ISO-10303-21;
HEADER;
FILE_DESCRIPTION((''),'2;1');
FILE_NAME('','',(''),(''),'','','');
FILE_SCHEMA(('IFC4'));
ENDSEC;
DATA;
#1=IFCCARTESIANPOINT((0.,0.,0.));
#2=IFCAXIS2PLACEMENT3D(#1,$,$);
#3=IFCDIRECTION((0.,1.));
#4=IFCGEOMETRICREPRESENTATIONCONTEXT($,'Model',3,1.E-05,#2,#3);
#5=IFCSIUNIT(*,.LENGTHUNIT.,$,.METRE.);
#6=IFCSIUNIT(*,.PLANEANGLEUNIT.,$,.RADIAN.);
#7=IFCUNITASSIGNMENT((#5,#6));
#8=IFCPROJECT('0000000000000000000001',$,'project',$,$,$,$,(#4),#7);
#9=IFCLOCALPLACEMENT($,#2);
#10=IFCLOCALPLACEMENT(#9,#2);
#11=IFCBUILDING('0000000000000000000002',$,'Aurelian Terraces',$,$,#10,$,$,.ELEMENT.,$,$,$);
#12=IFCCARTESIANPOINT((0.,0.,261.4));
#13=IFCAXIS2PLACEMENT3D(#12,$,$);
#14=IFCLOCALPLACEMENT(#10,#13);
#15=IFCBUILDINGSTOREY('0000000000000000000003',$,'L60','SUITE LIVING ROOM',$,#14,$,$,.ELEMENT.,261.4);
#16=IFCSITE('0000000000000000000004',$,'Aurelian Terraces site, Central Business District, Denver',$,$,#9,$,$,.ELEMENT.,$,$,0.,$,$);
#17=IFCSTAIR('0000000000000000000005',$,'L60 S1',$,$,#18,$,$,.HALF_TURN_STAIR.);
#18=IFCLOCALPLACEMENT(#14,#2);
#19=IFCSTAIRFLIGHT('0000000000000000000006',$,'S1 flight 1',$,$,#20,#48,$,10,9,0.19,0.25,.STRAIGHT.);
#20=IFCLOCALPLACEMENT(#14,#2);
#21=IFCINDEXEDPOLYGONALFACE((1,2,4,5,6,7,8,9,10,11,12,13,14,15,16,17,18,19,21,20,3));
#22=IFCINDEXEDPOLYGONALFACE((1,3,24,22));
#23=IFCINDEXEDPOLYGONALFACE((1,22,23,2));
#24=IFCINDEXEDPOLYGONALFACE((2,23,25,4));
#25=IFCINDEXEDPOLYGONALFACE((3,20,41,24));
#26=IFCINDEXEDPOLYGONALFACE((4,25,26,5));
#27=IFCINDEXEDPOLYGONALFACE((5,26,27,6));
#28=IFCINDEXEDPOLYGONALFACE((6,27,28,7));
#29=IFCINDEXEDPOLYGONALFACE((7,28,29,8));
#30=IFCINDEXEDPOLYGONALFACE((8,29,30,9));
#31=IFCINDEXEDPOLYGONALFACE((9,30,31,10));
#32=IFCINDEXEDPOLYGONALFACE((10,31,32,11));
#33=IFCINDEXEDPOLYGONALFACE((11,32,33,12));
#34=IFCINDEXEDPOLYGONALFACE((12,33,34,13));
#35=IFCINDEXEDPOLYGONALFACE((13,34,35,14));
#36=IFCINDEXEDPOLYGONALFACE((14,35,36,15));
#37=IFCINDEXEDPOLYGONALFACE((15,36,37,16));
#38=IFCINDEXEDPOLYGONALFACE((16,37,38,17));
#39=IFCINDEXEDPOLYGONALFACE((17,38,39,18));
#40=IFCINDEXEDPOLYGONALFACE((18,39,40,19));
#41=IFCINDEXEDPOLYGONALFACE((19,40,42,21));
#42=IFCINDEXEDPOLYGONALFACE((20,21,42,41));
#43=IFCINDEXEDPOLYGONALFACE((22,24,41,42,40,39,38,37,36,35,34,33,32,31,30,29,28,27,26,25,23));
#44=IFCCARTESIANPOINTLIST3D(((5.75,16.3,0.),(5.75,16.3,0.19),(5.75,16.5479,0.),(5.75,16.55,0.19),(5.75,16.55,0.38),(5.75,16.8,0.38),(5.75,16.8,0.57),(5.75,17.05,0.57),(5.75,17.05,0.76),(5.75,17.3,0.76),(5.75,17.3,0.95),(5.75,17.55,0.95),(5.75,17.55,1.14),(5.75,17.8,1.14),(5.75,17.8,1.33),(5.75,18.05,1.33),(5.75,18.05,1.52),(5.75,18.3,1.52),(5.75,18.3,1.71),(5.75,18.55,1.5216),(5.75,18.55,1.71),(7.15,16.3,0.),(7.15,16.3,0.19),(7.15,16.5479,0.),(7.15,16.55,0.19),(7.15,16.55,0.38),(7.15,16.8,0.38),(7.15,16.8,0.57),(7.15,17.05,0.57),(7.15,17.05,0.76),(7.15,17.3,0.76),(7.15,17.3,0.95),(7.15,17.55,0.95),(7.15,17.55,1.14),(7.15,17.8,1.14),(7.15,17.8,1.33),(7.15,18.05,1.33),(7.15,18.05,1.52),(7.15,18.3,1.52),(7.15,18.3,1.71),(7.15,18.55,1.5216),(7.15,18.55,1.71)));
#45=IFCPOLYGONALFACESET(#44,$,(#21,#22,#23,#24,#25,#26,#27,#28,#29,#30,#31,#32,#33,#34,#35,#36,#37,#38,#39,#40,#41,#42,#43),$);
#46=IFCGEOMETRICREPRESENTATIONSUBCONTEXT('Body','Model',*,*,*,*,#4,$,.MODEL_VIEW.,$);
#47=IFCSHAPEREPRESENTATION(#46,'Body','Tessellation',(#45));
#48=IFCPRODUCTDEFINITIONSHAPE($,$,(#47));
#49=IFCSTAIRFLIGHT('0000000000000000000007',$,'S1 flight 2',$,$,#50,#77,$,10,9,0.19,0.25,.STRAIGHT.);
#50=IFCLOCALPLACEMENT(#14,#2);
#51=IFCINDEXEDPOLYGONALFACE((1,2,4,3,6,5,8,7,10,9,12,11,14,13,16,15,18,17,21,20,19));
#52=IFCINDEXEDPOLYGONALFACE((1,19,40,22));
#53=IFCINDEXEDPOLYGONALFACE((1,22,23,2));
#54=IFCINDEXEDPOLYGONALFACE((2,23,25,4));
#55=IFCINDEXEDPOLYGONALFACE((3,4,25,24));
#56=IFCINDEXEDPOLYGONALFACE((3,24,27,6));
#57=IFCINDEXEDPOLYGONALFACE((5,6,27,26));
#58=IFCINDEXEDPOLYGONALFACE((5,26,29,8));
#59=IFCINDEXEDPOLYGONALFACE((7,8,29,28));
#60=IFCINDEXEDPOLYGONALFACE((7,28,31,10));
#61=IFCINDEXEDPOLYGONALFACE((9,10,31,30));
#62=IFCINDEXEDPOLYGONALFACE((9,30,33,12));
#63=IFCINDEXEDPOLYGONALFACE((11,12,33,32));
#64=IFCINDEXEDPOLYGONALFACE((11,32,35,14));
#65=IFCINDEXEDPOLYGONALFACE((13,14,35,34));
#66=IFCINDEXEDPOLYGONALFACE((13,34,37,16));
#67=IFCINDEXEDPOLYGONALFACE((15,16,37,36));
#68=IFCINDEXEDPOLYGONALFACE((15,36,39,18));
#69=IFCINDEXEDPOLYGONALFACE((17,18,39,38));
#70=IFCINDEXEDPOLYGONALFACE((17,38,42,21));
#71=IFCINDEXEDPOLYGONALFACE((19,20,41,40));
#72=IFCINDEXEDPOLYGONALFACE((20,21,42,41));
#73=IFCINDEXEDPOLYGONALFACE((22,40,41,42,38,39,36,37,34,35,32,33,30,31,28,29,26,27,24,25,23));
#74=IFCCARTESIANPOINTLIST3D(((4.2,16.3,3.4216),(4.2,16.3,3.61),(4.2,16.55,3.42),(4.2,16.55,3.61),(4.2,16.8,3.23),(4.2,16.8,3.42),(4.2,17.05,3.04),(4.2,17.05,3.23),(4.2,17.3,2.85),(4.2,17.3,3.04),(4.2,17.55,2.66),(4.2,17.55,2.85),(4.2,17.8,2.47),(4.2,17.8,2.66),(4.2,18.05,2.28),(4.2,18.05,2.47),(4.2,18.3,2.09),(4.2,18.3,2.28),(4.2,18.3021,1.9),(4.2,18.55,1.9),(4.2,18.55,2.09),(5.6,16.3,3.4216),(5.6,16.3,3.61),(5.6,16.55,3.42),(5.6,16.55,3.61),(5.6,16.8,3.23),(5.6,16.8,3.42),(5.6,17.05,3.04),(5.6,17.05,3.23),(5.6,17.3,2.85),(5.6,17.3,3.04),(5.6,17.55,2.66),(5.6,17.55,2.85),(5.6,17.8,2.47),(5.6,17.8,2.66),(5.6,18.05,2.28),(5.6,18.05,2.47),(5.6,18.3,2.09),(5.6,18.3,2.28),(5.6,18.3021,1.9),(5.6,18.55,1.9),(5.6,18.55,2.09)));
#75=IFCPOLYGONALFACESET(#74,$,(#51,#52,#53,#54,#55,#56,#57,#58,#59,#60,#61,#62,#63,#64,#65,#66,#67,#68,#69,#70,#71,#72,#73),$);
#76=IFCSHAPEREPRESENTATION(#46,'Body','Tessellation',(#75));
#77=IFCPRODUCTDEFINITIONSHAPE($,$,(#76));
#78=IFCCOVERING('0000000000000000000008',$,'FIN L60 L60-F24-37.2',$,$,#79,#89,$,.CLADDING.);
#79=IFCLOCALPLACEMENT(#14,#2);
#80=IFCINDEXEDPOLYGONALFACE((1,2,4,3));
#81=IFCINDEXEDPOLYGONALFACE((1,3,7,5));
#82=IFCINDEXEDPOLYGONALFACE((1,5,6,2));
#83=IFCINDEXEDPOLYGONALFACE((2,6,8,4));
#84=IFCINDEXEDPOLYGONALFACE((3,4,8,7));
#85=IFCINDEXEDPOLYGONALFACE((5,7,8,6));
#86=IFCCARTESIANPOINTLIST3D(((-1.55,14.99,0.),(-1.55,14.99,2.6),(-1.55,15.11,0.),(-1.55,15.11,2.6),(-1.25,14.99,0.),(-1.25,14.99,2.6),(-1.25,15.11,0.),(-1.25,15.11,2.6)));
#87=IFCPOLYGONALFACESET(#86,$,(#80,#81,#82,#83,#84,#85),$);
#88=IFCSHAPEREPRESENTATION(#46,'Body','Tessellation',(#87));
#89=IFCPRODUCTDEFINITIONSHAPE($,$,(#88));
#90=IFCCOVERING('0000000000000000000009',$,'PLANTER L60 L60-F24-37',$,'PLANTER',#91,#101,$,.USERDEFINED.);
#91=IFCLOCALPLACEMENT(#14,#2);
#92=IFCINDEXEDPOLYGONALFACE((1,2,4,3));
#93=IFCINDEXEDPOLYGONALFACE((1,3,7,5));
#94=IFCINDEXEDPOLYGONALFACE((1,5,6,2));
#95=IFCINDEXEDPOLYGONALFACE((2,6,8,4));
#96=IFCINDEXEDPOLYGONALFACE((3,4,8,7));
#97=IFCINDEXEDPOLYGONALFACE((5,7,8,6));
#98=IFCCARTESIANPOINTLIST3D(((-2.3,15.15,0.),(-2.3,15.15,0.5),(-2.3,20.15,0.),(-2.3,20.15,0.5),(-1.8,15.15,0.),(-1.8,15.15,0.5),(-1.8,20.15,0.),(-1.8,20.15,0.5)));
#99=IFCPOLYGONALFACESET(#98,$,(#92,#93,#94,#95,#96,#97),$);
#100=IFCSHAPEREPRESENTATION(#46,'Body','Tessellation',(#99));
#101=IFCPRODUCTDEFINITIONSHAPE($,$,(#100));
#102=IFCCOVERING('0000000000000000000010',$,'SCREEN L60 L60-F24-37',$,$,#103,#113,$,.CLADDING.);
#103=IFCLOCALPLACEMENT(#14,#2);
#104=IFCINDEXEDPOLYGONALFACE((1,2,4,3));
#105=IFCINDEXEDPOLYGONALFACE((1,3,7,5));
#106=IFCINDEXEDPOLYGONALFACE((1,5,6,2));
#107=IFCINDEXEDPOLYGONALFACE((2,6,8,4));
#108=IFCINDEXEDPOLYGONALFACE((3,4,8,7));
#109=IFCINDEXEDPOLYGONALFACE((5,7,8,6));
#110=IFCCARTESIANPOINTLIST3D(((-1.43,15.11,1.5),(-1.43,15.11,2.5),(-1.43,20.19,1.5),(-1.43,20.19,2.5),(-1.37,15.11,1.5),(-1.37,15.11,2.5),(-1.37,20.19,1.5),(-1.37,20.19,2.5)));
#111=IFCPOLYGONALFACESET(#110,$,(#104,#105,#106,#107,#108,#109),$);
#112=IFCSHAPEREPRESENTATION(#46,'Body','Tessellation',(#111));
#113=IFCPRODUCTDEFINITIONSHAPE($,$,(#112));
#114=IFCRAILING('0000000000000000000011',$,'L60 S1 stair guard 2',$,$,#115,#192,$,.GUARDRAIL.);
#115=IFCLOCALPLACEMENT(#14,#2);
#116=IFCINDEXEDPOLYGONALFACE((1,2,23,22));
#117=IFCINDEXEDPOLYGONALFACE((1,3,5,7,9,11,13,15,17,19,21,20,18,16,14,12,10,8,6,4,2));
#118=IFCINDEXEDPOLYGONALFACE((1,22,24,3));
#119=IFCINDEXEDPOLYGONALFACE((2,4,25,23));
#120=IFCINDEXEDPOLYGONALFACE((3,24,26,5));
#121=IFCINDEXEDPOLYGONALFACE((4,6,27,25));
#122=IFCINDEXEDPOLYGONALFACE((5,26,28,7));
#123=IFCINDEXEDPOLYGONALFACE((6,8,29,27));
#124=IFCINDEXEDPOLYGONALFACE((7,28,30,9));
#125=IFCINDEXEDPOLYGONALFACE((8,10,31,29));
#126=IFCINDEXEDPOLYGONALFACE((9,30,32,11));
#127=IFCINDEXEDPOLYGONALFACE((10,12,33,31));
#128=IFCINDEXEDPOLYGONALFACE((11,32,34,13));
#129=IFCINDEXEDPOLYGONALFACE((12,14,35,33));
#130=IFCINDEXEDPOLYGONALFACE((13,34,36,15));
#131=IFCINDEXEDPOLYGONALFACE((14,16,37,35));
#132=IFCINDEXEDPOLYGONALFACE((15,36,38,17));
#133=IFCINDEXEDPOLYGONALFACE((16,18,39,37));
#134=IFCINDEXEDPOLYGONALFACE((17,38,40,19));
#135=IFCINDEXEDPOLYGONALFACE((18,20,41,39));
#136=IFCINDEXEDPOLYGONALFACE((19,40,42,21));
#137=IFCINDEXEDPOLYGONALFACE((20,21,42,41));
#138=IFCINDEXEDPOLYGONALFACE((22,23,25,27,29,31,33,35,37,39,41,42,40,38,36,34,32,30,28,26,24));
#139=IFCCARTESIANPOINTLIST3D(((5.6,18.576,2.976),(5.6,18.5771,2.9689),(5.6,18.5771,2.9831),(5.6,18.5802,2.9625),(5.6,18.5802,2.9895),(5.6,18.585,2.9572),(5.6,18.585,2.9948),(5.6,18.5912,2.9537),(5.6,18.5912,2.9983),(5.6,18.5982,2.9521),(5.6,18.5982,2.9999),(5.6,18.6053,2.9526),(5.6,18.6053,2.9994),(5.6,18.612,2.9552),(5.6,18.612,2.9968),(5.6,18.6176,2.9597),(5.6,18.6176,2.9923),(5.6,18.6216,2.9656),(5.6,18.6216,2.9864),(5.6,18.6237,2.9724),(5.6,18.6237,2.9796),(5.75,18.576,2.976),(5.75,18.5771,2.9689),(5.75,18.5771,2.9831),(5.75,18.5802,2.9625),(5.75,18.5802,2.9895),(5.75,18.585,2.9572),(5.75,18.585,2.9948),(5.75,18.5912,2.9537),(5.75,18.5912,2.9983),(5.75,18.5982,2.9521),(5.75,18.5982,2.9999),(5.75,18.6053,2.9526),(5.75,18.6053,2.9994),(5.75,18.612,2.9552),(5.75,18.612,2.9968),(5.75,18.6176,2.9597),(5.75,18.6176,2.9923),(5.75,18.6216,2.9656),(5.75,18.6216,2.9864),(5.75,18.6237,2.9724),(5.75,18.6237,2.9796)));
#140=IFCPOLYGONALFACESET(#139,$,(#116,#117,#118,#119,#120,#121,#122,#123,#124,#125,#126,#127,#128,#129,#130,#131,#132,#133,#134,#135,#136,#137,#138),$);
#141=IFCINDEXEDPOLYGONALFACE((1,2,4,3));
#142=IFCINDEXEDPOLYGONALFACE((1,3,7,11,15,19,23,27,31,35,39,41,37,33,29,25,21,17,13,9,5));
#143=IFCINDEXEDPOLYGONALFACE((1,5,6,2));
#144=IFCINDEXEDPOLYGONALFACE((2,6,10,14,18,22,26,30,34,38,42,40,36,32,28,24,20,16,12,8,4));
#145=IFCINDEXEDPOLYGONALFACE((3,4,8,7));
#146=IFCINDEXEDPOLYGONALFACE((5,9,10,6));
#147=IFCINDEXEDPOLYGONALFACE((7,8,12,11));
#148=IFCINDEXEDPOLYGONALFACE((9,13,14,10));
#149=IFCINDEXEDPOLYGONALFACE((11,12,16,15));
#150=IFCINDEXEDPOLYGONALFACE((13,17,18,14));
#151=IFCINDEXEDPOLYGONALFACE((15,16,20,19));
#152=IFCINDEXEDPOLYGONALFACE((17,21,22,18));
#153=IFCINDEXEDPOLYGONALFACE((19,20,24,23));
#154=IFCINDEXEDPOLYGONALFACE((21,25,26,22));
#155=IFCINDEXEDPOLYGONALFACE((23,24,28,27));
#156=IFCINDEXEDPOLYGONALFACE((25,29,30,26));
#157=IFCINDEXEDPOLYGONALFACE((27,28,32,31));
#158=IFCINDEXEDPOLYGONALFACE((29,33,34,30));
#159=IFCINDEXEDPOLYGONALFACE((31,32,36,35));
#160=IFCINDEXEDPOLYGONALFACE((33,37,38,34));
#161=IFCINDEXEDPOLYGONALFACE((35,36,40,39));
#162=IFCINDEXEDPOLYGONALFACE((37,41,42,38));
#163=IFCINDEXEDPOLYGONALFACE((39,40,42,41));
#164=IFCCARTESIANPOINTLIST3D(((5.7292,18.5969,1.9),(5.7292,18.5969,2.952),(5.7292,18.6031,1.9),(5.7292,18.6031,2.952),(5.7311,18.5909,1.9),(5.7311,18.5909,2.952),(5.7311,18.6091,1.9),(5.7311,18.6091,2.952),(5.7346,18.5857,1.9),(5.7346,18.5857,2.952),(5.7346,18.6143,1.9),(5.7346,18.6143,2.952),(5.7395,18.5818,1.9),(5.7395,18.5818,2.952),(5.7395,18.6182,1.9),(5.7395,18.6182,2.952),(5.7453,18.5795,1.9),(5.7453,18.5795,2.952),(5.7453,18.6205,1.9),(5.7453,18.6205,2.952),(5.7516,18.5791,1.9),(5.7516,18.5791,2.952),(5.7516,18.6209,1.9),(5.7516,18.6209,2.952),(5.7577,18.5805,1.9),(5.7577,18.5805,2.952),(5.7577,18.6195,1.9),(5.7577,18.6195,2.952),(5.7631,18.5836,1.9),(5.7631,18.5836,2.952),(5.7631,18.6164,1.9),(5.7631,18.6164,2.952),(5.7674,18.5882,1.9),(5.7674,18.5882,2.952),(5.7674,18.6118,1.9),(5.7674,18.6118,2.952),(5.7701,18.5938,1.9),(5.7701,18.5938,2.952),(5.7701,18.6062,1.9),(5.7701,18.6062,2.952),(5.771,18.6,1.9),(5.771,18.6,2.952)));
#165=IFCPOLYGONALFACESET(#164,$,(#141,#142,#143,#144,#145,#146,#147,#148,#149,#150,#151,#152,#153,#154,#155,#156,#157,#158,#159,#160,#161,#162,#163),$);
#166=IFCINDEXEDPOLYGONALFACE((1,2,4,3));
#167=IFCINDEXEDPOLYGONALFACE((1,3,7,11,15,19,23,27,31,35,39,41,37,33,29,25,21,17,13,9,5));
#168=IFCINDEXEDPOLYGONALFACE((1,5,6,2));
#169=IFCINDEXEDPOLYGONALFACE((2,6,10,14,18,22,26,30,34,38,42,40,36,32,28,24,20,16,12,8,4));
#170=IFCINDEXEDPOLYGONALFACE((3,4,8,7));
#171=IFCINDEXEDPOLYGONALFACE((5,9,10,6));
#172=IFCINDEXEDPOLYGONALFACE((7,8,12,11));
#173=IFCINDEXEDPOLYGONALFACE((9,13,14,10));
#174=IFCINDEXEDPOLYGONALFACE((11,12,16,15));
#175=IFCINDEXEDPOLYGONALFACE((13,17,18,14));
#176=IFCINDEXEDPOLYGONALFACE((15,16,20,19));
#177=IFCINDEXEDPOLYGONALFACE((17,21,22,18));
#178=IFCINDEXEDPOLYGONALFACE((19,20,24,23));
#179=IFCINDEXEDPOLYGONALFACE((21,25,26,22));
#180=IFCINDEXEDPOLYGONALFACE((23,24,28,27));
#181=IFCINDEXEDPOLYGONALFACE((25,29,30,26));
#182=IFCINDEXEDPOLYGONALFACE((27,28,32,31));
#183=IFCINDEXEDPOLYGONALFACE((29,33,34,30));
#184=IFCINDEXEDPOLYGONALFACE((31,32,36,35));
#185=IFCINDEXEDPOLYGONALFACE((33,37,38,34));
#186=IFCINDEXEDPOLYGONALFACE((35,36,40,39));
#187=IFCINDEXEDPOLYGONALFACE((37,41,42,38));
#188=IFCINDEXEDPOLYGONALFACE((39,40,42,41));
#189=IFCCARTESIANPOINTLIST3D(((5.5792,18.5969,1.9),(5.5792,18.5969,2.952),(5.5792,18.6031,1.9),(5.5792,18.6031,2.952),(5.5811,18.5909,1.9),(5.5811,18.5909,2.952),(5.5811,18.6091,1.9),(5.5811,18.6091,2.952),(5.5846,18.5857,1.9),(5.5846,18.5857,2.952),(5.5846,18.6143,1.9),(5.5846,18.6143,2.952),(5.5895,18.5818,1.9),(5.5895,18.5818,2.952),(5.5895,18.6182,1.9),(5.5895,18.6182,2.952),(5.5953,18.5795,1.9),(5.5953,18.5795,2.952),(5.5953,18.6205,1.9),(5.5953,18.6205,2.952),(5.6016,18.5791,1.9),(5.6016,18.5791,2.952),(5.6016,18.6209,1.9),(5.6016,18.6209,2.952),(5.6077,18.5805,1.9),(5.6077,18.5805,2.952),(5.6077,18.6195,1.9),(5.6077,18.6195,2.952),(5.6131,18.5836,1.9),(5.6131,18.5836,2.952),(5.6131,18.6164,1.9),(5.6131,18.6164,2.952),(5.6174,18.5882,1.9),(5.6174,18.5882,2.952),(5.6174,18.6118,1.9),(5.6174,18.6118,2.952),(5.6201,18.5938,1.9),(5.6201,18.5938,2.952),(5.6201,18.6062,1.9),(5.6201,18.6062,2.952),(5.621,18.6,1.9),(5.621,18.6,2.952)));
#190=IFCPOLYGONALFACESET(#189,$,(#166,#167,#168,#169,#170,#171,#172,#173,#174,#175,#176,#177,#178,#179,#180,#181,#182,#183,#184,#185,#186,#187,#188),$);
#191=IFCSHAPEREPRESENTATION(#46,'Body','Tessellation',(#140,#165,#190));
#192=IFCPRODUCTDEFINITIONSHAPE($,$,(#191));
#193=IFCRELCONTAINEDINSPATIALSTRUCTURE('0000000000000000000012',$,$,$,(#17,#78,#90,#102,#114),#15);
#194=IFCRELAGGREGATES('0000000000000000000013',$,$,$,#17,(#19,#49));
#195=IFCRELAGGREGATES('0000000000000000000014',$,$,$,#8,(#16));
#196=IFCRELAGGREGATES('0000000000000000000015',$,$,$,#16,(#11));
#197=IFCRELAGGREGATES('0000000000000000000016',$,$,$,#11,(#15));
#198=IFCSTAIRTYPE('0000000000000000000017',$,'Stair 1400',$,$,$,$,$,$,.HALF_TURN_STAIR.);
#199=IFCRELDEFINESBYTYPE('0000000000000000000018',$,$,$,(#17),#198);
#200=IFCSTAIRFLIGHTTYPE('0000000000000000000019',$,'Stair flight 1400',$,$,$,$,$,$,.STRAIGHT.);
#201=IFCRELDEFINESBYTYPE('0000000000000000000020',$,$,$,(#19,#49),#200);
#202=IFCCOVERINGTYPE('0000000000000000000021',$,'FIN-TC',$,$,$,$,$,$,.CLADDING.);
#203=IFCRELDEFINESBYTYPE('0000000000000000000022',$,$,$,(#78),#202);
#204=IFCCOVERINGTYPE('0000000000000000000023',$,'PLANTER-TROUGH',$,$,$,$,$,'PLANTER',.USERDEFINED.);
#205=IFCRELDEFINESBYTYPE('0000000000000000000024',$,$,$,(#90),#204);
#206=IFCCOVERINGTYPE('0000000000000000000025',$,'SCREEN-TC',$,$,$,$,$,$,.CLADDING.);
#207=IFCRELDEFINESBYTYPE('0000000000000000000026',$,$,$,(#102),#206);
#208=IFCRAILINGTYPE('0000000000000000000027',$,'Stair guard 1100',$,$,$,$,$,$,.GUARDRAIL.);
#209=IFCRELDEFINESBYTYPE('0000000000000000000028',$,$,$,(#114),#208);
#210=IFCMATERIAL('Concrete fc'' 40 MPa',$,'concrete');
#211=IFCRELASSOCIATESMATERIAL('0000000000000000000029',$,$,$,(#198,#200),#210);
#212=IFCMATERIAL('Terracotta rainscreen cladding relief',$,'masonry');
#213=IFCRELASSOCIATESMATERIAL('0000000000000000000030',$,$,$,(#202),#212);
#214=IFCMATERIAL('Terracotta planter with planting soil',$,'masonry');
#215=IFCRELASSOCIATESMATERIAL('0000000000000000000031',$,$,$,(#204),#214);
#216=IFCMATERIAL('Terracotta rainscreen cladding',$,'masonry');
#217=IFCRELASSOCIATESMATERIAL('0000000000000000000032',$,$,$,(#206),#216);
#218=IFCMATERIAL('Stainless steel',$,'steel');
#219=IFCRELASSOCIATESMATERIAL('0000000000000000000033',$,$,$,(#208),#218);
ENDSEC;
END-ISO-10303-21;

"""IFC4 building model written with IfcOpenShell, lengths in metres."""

from ifc_helpers import new_model, si_unit, direction, frame, origin, origin_2d, place, context, subcontext, project, spatial, polyline, rectangle, circle, outline, extrude, source, transform, mapped, material, type_object, element, aggregate, save


model = new_model("IFC4")

# Units and contexts
model_context = context("Model", 3, precision=1e-05, world=origin(), true_north=direction((0.0, 1.0)))
body_context = subcontext(model_context, "Body", "Model", "MODEL_VIEW")
ifc_project = project(units=[si_unit("LENGTHUNIT", "METRE"), si_unit("PLANEANGLEUNIT", "RADIAN")], contexts=[model_context])

# Site, building, storey
site_placement = place(None, origin())
site = spatial("IfcSite", under=ifc_project, at=site_placement, Name="Aurelian Terraces site, Central Business District, Denver", CompositionType="ELEMENT", RefElevation=0.0)
building_placement = place(site_placement, origin())
building = spatial("IfcBuilding", under=site, at=building_placement, Name="Aurelian Terraces", CompositionType="ELEMENT")
storey_placement = place(building_placement, frame((0.0, 0.0, 261.4)))
storey = spatial("IfcBuildingStorey", under=building, at=storey_placement, Name="L60", Description="SUITE LIVING ROOM", CompositionType="ELEMENT", Elevation=261.4)

# Shared definitions
ifc_material_1 = material(Name="Terracotta rainscreen cladding", Category="masonry")

# Stair, stair flights
ifc_material_2 = material(Name="Concrete fc' 40 MPa", Category="concrete")
stair_type = type_object("IfcStairType", Name="Stair 1400", PredefinedType="HALF_TURN_STAIR", material=ifc_material_2)
stair_placement = place(storey_placement, origin())
stair = element("IfcStair", 1, at=stair_placement, inside=storey, type_object=stair_type, Name="L60 S1", PredefinedType="HALF_TURN_STAIR")
stair_flight_type = type_object("IfcStairFlightType", Name="Stair flight 1400", PredefinedType="STRAIGHT", material=ifc_material_2)
shared_shape_1 = source(origin(), body_context, "Body", "SweptSolid", [
    extrude(outline(polyline([(0.0, 0.0), (0.0, 0.19), (0.25, 0.19), (0.25, 0.38), (0.5, 0.38), (0.5, 0.57), (0.75, 0.57), (0.75, 0.76), (1.0, 0.76), (1.0, 0.95), (1.25, 0.95), (1.25, 1.14), (1.5, 1.14), (1.5, 1.33), (1.75, 1.33), (1.75, 1.52), (2.0, 1.52), (2.0, 1.71), (2.25, 1.71), (2.25, 1.9), (2.25, 1.5216), (0.2479, 0.0), (0.0, 0.0)])), frame((0.0, 0.7, 0.0), z_axis=(0.0, -1.0, 0.0), x_axis=(1.0, 0.0, 0.0)), (0.0, 0.0, 1.0), 1.4),
])
stair_flight_1_placement = place(storey_placement, frame((6.45, 16.3, 0.0), z_axis=(0.0, 0.0, 1.0), x_axis=(0.0, 1.0, 0.0)))
stair_flight_1 = element("IfcStairFlight", 2, at=stair_flight_1_placement, type_object=stair_flight_type, Name="S1 flight 1", NumberOfRisers=10, NumberOfTreads=9, PredefinedType="STRAIGHT", RiserHeight=0.19, TreadLength=0.25, context=body_context, shape_type="MappedRepresentation", body=[
    mapped(shared_shape_1, transform((0.0, 0.0, 0.0), scale=1.0)),
])
stair_flight_2_placement = place(storey_placement, frame((4.9, 18.55, 1.9), z_axis=(0.0, 0.0, 1.0), x_axis=(0.0, -1.0, 0.0)))
stair_flight_2 = element("IfcStairFlight", 3, at=stair_flight_2_placement, type_object=stair_flight_type, Name="S1 flight 2", NumberOfRisers=10, NumberOfTreads=9, PredefinedType="STRAIGHT", RiserHeight=0.19, TreadLength=0.25, context=body_context, shape_type="MappedRepresentation", body=[
    mapped(shared_shape_1, transform((0.0, 0.0, 0.0), scale=1.0)),
])
aggregate(stair, [stair_flight_1, stair_flight_2])

# Coverings
ifc_material_3 = material(Name="Terracotta rainscreen cladding relief", Category="masonry")
covering_type_1 = type_object("IfcCoveringType", Name="FIN-TC", PredefinedType="CLADDING", material=ifc_material_3)
shared_shape_2 = source(origin(), body_context, "Body", "SweptSolid", [
    extrude(rectangle(XDim=0.3, YDim=0.12, at=origin_2d()), origin(), (0.0, 0.0, 1.0), 2.6),
])
covering_1_placement = place(storey_placement, frame((-1.4, 15.05, 0.0), z_axis=(0.0, 0.0, 1.0), x_axis=(1.0, 0.0, 0.0)))
element("IfcCovering", 4, at=covering_1_placement, inside=storey, type_object=covering_type_1, Name="FIN L60 L60-F24-37.2", PredefinedType="CLADDING", context=body_context, shape_type="MappedRepresentation", body=[
    mapped(shared_shape_2, transform((0.0, 0.0, 0.0), scale=1.0)),
])
ifc_material_4 = material(Name="Terracotta planter with planting soil", Category="masonry")
covering_type_2 = type_object("IfcCoveringType", Name="PLANTER-TROUGH", ElementType="PLANTER", PredefinedType="USERDEFINED", material=ifc_material_4)
shared_shape_3 = source(origin(), body_context, "Body", "SweptSolid", [
    extrude(rectangle(XDim=0.5, YDim=5.0, at=origin_2d()), origin(), (0.0, 0.0, 1.0), 0.5),
])
covering_2_placement = place(storey_placement, frame((-2.05, 17.65, 0.0), z_axis=(0.0, 0.0, 1.0), x_axis=(1.0, 0.0, 0.0)))
element("IfcCovering", 5, at=covering_2_placement, inside=storey, type_object=covering_type_2, Name="PLANTER L60 L60-F24-37", ObjectType="PLANTER", PredefinedType="USERDEFINED", context=body_context, shape_type="MappedRepresentation", body=[
    mapped(shared_shape_3, transform((0.0, 0.0, 0.0), scale=1.0)),
])
covering_type_3 = type_object("IfcCoveringType", Name="SCREEN-TC", PredefinedType="CLADDING", material=ifc_material_1)
shared_shape_4 = source(origin(), body_context, "Body", "SweptSolid", [
    extrude(rectangle(XDim=0.06, YDim=5.08, at=origin_2d()), origin(), (0.0, 0.0, 1.0), 1.0),
])
covering_3_placement = place(storey_placement, frame((-1.4, 17.65, 1.5), z_axis=(0.0, 0.0, 1.0), x_axis=(1.0, 0.0, 0.0)))
element("IfcCovering", 6, at=covering_3_placement, inside=storey, type_object=covering_type_3, Name="SCREEN L60 L60-F24-37", PredefinedType="CLADDING", context=body_context, shape_type="MappedRepresentation", body=[
    mapped(shared_shape_4, transform((0.0, 0.0, 0.0), scale=1.0)),
])

# Railing
ifc_material_5 = material(Name="Stainless steel", Category="steel")
railing_type_1 = type_object("IfcRailingType", Name="Stair guard 1100", PredefinedType="GUARDRAIL", material=ifc_material_5)
shared_shape_5 = source(origin(), body_context, "Body", "SweptSolid", [
    extrude(circle(Radius=0.024, at=origin_2d()), frame((0.0, 0.0, 1.076), z_axis=(-1.0, 0.0, 0.0), x_axis=(0.0, -1.0, 0.0)), (0.0, 0.0, 1.0), 0.15),
    extrude(circle(Radius=0.021, at=origin_2d()), origin(), (0.0, 0.0, 1.0), 1.052),
    extrude(circle(Radius=0.021, at=origin_2d()), frame((-0.15, 0.0, 0.0)), (0.0, 0.0, 1.0), 1.052),
])
for number, where, name in (
    (7, (5.75, 18.6, 1.9), "L60 S1 stair guard 2"),
):
    element("IfcRailing", number, at=place(storey_placement, frame(where)), inside=storey, type_object=railing_type_1, Name=name, PredefinedType="GUARDRAIL", context=body_context, shape_type="MappedRepresentation", body=[
        mapped(shared_shape_5, transform((0.0, 0.0, 0.0), scale=1.0)),
    ])

save(model, "model.ifc")
